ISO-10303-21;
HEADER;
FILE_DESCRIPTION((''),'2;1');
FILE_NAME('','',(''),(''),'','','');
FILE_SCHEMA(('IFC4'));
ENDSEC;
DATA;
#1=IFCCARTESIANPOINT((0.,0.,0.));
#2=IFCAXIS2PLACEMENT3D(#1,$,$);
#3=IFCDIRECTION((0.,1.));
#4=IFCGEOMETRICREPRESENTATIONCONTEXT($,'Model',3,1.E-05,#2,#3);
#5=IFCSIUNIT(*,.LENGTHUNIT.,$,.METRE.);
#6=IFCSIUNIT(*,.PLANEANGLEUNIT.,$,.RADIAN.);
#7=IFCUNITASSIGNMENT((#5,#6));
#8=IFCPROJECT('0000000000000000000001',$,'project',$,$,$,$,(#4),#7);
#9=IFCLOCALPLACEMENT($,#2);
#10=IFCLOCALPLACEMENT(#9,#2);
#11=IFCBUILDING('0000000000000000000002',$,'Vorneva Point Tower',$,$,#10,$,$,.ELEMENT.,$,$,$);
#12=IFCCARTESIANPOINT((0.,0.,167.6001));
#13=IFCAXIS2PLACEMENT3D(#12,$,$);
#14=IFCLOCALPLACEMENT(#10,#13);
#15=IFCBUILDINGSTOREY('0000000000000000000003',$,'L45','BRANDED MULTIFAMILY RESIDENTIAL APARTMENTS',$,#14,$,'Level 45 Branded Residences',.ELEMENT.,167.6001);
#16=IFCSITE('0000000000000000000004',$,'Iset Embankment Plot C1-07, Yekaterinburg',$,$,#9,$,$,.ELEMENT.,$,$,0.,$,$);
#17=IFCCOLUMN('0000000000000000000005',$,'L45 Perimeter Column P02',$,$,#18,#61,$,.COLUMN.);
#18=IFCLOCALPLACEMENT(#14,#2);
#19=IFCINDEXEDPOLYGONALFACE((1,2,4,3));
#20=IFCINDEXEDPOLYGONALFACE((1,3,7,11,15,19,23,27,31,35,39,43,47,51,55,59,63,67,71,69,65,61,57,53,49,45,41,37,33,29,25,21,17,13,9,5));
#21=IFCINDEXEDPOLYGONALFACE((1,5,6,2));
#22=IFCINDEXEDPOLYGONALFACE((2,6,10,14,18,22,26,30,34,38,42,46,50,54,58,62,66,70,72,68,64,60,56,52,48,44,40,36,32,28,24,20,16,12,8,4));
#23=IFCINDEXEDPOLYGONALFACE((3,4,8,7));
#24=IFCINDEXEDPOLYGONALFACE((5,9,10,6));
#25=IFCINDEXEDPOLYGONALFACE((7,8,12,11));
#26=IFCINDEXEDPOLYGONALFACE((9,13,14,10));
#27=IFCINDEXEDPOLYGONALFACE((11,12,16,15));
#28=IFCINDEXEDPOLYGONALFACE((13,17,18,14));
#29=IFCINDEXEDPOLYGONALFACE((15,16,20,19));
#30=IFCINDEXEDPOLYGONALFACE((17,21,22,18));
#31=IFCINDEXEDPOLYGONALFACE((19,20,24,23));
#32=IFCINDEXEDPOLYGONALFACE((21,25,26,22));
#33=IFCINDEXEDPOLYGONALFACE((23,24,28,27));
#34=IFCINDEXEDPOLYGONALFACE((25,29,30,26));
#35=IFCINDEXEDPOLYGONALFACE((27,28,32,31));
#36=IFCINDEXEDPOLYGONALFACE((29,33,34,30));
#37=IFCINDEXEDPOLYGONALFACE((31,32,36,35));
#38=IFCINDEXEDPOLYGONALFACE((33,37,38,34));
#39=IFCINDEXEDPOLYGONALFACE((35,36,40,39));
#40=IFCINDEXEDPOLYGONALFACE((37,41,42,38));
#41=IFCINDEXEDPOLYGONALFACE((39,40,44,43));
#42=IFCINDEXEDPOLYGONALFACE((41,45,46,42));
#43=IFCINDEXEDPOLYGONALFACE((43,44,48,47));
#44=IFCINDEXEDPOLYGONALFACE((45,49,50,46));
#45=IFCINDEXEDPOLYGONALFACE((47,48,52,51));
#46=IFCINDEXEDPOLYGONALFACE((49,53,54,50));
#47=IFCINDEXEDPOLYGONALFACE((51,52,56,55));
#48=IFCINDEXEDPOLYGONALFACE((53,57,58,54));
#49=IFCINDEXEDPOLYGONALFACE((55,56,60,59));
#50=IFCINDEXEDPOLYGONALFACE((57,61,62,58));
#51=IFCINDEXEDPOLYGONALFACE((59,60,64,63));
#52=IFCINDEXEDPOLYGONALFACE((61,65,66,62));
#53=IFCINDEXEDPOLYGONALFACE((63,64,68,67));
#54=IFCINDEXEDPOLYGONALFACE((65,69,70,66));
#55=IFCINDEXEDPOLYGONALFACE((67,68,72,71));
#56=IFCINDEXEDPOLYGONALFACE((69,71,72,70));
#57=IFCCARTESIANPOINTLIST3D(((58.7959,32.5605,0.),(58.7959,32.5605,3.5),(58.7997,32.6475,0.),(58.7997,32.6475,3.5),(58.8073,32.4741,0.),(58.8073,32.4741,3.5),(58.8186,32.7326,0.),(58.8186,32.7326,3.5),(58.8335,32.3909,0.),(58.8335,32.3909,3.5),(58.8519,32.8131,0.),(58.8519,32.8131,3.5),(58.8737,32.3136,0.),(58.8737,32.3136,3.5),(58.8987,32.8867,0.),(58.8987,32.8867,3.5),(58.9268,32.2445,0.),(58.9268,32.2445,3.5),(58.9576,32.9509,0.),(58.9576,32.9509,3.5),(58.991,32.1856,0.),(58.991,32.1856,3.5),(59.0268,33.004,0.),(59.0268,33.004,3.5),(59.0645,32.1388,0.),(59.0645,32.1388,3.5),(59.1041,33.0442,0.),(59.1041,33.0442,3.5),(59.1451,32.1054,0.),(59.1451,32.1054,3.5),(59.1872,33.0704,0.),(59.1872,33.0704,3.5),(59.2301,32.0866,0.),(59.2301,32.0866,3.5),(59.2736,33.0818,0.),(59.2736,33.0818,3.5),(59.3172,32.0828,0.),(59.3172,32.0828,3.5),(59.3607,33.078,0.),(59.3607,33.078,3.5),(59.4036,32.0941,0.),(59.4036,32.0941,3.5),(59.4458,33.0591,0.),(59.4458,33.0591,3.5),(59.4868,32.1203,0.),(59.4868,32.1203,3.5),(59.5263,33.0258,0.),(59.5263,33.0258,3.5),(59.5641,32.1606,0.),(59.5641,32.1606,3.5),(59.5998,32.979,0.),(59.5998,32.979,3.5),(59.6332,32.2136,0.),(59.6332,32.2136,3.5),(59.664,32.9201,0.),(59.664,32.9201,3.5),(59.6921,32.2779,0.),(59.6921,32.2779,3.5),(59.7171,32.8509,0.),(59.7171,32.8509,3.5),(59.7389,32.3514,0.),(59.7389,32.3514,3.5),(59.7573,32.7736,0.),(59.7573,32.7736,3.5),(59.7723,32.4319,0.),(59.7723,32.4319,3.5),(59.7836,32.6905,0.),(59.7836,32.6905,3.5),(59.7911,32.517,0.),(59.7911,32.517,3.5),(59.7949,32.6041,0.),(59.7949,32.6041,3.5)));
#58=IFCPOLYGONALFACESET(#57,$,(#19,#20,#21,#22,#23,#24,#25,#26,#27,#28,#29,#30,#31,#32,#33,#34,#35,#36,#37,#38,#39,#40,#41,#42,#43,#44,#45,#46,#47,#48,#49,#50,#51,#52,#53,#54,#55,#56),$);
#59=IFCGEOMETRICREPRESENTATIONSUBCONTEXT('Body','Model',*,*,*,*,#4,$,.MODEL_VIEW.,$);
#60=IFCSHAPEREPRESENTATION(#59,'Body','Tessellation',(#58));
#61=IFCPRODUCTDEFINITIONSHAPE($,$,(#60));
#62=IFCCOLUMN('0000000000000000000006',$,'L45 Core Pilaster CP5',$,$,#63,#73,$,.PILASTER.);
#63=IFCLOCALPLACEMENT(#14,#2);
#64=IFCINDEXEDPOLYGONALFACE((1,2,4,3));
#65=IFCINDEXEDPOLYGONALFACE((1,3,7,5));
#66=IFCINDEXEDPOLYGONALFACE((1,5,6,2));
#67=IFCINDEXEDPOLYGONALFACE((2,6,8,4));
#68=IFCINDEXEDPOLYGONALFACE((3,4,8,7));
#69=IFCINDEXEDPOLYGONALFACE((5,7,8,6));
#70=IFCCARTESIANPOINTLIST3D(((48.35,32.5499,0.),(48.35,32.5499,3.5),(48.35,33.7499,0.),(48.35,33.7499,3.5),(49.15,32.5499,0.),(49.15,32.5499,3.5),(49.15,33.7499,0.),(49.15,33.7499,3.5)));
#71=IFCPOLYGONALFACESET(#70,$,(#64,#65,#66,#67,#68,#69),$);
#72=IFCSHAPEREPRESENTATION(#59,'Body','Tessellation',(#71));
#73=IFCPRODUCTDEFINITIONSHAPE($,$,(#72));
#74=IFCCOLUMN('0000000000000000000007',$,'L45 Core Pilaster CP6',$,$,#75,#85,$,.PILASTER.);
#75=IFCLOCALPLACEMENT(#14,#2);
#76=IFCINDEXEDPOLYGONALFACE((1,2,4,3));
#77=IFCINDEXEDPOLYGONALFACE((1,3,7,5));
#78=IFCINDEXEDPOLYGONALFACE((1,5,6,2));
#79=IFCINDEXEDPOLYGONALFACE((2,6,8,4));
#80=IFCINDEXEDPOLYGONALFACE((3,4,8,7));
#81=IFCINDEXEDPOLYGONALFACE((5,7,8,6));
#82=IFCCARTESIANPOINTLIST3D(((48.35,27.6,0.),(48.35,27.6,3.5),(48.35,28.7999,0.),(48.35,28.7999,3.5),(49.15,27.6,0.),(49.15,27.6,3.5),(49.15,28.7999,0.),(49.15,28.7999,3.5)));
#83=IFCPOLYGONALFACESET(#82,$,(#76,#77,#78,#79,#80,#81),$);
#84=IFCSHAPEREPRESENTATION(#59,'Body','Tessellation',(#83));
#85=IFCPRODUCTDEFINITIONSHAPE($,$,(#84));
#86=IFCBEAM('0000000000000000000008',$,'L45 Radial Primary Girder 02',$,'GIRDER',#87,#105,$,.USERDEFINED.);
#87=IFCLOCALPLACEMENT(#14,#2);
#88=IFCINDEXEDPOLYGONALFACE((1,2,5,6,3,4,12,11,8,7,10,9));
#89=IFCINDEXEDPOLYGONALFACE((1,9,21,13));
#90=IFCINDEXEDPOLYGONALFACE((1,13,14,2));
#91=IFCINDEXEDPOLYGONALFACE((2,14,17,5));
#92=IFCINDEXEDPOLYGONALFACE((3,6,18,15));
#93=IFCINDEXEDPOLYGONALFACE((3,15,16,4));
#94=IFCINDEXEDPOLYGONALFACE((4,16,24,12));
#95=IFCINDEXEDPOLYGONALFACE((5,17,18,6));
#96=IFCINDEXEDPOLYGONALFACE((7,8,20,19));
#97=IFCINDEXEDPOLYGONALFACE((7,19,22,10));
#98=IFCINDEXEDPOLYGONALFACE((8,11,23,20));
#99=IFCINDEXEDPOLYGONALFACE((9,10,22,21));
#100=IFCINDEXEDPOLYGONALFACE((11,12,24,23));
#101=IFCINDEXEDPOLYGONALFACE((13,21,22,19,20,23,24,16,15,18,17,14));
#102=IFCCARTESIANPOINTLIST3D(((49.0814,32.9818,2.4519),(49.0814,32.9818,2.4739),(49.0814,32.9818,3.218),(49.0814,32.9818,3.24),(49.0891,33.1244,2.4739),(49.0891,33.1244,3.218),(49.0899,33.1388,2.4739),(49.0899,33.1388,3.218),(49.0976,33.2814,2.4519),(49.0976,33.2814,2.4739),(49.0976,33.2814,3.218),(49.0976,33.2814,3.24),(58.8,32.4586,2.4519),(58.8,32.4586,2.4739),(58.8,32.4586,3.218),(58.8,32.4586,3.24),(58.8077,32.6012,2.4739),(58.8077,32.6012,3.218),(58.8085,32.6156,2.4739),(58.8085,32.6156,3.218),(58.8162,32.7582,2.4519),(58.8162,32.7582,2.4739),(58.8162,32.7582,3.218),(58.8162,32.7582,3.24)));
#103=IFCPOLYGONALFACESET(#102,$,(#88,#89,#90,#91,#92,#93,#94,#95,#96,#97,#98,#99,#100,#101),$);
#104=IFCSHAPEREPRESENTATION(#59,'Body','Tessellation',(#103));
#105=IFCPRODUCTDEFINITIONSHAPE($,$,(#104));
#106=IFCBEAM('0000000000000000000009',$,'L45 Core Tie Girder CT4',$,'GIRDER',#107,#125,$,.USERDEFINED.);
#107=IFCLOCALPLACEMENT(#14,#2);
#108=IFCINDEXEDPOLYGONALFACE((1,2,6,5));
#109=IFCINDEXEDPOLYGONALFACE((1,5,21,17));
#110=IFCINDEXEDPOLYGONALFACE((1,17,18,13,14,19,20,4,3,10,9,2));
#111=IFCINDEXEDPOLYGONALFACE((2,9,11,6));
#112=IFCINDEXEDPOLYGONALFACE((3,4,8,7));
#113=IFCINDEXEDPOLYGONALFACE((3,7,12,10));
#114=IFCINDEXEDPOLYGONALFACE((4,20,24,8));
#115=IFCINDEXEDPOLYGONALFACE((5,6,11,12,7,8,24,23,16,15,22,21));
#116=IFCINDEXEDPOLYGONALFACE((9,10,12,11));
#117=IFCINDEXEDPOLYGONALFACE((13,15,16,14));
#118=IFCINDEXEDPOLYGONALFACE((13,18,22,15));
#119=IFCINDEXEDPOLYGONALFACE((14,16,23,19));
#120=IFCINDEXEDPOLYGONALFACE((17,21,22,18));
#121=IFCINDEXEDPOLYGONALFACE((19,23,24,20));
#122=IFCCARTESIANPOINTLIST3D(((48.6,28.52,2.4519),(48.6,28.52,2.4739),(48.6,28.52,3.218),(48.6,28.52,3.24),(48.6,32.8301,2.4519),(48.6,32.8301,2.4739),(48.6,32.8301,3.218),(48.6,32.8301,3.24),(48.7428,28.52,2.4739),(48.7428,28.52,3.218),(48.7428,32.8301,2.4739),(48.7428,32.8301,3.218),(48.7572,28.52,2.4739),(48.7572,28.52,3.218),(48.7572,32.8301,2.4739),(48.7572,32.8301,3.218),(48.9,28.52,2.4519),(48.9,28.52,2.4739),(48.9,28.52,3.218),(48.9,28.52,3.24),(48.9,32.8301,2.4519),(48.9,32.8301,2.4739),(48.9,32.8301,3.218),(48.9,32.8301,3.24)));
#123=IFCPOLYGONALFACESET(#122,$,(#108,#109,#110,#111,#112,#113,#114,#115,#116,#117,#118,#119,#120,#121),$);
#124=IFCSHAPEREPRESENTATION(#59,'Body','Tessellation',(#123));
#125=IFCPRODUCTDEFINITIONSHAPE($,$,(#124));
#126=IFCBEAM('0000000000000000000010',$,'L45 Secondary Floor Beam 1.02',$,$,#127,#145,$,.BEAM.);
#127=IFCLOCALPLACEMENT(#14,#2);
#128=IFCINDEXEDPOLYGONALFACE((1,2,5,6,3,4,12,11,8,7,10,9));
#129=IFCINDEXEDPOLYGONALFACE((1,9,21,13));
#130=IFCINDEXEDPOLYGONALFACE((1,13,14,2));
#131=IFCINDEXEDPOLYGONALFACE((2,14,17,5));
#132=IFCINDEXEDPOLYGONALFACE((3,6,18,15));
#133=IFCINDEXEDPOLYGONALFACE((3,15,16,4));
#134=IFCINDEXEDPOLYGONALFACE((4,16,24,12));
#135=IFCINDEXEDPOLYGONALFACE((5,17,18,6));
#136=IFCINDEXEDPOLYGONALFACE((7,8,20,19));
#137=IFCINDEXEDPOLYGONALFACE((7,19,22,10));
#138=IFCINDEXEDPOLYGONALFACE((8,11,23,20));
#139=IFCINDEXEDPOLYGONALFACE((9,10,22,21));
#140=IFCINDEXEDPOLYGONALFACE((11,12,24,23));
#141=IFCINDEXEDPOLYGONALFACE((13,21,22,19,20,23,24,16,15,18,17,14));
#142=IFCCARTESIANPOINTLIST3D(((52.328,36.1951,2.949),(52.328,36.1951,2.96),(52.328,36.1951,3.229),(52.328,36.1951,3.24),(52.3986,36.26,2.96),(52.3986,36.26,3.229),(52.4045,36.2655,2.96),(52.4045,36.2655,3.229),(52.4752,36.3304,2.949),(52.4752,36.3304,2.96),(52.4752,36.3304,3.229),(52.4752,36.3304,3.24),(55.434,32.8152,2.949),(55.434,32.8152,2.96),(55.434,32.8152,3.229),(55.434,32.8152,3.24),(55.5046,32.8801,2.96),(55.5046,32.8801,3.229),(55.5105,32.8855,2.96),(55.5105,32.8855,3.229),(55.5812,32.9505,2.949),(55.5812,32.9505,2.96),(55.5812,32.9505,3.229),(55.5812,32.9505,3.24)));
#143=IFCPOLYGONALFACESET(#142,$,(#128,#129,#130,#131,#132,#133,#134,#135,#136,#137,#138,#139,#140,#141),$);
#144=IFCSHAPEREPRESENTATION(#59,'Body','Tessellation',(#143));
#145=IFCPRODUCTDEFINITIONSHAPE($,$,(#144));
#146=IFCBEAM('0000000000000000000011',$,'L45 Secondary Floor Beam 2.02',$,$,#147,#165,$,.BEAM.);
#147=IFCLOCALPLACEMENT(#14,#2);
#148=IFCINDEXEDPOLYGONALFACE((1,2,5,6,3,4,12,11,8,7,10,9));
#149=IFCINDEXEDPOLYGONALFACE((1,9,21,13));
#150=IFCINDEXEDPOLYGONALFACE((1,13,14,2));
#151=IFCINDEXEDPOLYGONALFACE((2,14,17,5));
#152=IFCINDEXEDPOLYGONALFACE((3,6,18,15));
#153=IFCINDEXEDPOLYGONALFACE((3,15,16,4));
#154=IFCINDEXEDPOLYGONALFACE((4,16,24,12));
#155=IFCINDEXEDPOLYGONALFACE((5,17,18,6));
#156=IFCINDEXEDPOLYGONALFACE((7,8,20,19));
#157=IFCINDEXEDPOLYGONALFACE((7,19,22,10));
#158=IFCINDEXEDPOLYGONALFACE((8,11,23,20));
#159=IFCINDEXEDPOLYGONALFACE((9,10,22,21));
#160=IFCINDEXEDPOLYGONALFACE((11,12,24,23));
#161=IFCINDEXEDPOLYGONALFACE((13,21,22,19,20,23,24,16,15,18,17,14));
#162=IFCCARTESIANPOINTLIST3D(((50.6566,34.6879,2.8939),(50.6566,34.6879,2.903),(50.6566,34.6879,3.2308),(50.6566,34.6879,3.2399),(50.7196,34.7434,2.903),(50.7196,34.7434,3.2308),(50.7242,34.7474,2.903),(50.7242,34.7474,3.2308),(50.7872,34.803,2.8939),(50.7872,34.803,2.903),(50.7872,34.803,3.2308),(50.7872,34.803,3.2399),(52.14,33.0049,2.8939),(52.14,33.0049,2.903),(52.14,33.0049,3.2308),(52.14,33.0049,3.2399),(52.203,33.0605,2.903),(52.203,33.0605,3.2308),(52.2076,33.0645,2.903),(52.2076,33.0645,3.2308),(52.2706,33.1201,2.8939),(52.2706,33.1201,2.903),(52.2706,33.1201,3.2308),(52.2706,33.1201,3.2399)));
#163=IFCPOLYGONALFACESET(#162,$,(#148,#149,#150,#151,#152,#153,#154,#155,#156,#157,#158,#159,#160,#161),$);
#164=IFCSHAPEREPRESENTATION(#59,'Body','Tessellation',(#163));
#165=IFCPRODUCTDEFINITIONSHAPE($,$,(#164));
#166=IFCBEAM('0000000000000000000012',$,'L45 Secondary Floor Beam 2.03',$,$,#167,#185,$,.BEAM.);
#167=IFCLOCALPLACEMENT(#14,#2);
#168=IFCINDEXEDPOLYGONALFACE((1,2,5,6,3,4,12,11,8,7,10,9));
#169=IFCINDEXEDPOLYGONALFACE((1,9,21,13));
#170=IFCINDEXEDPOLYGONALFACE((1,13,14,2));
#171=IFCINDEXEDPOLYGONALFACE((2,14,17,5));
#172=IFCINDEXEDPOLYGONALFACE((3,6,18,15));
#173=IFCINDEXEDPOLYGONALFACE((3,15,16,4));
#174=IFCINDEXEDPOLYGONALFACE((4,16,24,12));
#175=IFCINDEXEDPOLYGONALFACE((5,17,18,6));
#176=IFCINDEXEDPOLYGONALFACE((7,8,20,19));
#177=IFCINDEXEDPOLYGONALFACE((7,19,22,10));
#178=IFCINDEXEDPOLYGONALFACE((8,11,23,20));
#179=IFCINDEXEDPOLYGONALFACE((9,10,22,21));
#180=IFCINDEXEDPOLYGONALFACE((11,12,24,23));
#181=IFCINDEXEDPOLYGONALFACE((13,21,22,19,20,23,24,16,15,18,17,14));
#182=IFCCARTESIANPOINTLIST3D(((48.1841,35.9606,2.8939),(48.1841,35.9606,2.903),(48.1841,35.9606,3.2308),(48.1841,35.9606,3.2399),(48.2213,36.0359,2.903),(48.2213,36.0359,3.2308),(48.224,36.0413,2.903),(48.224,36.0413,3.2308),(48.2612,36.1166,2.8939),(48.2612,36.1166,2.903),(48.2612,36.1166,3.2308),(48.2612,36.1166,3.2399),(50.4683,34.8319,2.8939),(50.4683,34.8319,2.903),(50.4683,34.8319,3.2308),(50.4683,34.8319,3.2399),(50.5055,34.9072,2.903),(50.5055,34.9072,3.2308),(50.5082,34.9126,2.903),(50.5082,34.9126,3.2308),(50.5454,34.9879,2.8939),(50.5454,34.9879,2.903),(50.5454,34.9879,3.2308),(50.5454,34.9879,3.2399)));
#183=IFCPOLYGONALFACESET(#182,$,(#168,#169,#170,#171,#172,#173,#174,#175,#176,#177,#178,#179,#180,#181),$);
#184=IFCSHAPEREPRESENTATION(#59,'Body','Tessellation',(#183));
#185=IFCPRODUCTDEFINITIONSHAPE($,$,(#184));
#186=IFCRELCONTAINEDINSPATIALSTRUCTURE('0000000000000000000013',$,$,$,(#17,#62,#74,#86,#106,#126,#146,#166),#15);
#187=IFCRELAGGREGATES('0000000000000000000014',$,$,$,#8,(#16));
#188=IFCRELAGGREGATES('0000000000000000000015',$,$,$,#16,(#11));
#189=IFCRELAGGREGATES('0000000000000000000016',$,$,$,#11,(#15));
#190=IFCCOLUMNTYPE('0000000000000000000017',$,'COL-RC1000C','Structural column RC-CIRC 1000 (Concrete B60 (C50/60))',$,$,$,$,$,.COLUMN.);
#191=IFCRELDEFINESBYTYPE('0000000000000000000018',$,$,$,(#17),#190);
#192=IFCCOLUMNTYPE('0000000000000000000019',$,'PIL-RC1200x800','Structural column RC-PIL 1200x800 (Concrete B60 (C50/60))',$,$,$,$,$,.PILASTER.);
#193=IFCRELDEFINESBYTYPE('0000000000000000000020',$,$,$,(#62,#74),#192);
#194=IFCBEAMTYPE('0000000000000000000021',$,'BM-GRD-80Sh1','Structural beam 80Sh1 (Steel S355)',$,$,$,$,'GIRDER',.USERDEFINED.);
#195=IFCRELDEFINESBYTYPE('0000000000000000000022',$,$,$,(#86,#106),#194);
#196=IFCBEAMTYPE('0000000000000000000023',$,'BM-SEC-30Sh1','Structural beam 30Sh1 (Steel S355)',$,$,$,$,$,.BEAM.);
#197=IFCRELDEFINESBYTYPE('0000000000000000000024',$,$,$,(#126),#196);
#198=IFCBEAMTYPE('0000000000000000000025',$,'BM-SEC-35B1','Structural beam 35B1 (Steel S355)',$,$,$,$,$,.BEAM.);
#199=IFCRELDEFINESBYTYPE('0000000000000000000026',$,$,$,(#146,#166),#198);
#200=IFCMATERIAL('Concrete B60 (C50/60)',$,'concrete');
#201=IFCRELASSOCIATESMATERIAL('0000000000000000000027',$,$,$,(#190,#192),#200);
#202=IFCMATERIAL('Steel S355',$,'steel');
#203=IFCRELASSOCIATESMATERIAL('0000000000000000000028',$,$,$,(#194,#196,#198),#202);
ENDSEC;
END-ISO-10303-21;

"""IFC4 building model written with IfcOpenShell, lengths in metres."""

from ifc_helpers import new_model, si_unit, direction, frame, origin, origin_2d, place, context, subcontext, project, spatial, rectangle, circle, i_section, extrude, material, material_profile, profile_set, type_object, element, save


model = new_model("IFC4")

# Units and contexts
model_context = context("Model", 3, precision=1e-05, world=origin(), true_north=direction((0.0, 1.0)))
body_context = subcontext(model_context, "Body", "Model", "MODEL_VIEW")
ifc_project = project(units=[si_unit("LENGTHUNIT", "METRE"), si_unit("PLANEANGLEUNIT", "RADIAN")], contexts=[model_context])

# Site, building, storey
site_placement = place(None, origin())
site = spatial("IfcSite", under=ifc_project, at=site_placement, Name="Iset Embankment Plot C1-07, Yekaterinburg", CompositionType="ELEMENT", RefElevation=0.0)
building_placement = place(site_placement, origin())
building = spatial("IfcBuilding", under=site, at=building_placement, Name="Vorneva Point Tower", CompositionType="ELEMENT")
storey_placement = place(building_placement, frame((0.0, 0.0, 167.6001)))
storey = spatial("IfcBuildingStorey", under=building, at=storey_placement, Name="L45", Description="BRANDED MULTIFAMILY RESIDENTIAL APARTMENTS", LongName="Level 45 Branded Residences", CompositionType="ELEMENT", Elevation=167.6001)

# Columns
ifc_material_1 = material(Name="Concrete B60 (C50/60)", Category="concrete")
ifc_material_profile_1 = material_profile(ifc_material_1, circle(Radius=0.5, at=origin_2d()), Name="RC-CIRC 1000")
ifc_profile_set_1 = profile_set([ifc_material_profile_1], Name="Concrete B60 (C50/60)")
column_type_1 = type_object("IfcColumnType", Name="COL-RC1000C", Description="Structural column RC-CIRC 1000 (Concrete B60 (C50/60))", PredefinedType="COLUMN", material=ifc_profile_set_1)
column_placement = place(storey_placement, frame((59.2954, 32.5823, 0.0), z_axis=(0.0, 0.0, 1.0), x_axis=(0.92388, 0.382683, 0.0)))
element("IfcColumn", 1, at=column_placement, inside=storey, type_object=column_type_1, Name="L45 Perimeter Column P02", PredefinedType="COLUMN", context=body_context, shape_type="SweptSolid", body=[
    extrude(circle(Radius=0.5, at=origin_2d()), origin(), (0.0, 0.0, 1.0), 3.5),
])
ifc_material_profile_2 = material_profile(ifc_material_1, rectangle(XDim=0.8, YDim=1.2, at=origin_2d()), Name="RC-PIL 1200x800")
ifc_profile_set_2 = profile_set([ifc_material_profile_2], Name="Concrete B60 (C50/60)")
column_type_2 = type_object("IfcColumnType", Name="PIL-RC1200x800", Description="Structural column RC-PIL 1200x800 (Concrete B60 (C50/60))", PredefinedType="PILASTER", material=ifc_profile_set_2)
for number, where, z_axis, x_axis, name in (
    (2, (48.75, 33.1499, 0.0), (0.0, 0.0, 1.0), (1.0, 0.0, 0.0), "L45 Core Pilaster CP5"),
    (3, (48.75, 28.2, 0.0), (0.0, 0.0, 1.0), (1.0, 0.0, 0.0), "L45 Core Pilaster CP6"),
):
    element("IfcColumn", number, at=place(storey_placement, frame(where, z_axis=z_axis, x_axis=x_axis)), inside=storey, type_object=column_type_2, Name=name, PredefinedType="PILASTER", context=body_context, shape_type="SweptSolid", body=[
        extrude(rectangle(XDim=0.8, YDim=1.2, at=origin_2d()), origin(), (0.0, 0.0, 1.0), 3.5),
    ])

# Beams
ifc_material_2 = material(Name="Steel S355", Category="steel")
ifc_material_profile_3 = material_profile(ifc_material_2, i_section(OverallWidth=0.3, OverallDepth=0.7881, WebThickness=0.0144, FlangeThickness=0.022, at=origin_2d()), Name="80Sh1")
ifc_profile_set_3 = profile_set([ifc_material_profile_3], Name="Steel S355")
beam_type_1 = type_object("IfcBeamType", Name="BM-GRD-80Sh1", Description="Structural beam 80Sh1 (Steel S355)", ElementType="GIRDER", PredefinedType="USERDEFINED", material=ifc_profile_set_3)
beam_1_placement = place(storey_placement, frame((58.8081, 32.6084, 2.8459), z_axis=(-0.998554, 0.053757, 0.0), x_axis=(-0.053757, -0.998554, 0.0)))
element("IfcBeam", 4, at=beam_1_placement, inside=storey, type_object=beam_type_1, Name="L45 Radial Primary Girder 02", ObjectType="GIRDER", PredefinedType="USERDEFINED", context=body_context, shape_type="SweptSolid", body=[
    extrude(i_section(OverallWidth=0.3, OverallDepth=0.7881, WebThickness=0.0144, FlangeThickness=0.022, at=origin_2d()), origin(), (0.0, 0.0, 1.0), 9.7327),
])
beam_2_placement = place(storey_placement, frame((48.75, 28.52, 2.8459), z_axis=(0.0, 1.0, 0.0), x_axis=(-1.0, 0.0, 0.0)))
element("IfcBeam", 5, at=beam_2_placement, inside=storey, type_object=beam_type_1, Name="L45 Core Tie Girder CT4", ObjectType="GIRDER", PredefinedType="USERDEFINED", context=body_context, shape_type="SweptSolid", body=[
    extrude(i_section(OverallWidth=0.3, OverallDepth=0.7881, WebThickness=0.0144, FlangeThickness=0.022, at=origin_2d()), origin(), (0.0, 0.0, 1.0), 4.3101),
])
ifc_material_profile_4 = material_profile(ifc_material_2, i_section(OverallWidth=0.2, OverallDepth=0.291, WebThickness=0.0081, FlangeThickness=0.011, at=origin_2d()), Name="30Sh1")
ifc_profile_set_4 = profile_set([ifc_material_profile_4], Name="Steel S355")
beam_type_2 = type_object("IfcBeamType", Name="BM-SEC-30Sh1", Description="Structural beam 30Sh1 (Steel S355)", PredefinedType="BEAM", material=ifc_profile_set_4)
beam_3_placement = place(storey_placement, frame((55.5076, 32.8828, 3.0945), z_axis=(-0.676639, 0.736315, 0.0), x_axis=(-0.736315, -0.676639, 0.0)))
element("IfcBeam", 6, at=beam_3_placement, inside=storey, type_object=beam_type_2, Name="L45 Secondary Floor Beam 1.02", PredefinedType="BEAM", context=body_context, shape_type="SweptSolid", body=[
    extrude(i_section(OverallWidth=0.2, OverallDepth=0.291, WebThickness=0.0081, FlangeThickness=0.011, at=origin_2d()), origin(), (0.0, 0.0, 1.0), 4.5903),
])
ifc_material_profile_5 = material_profile(ifc_material_2, i_section(OverallWidth=0.1741, OverallDepth=0.3459, WebThickness=0.0061, FlangeThickness=0.009, at=origin_2d()), Name="35B1")
ifc_profile_set_5 = profile_set([ifc_material_profile_5], Name="Steel S355")
beam_type_3 = type_object("IfcBeamType", Name="BM-SEC-35B1", Description="Structural beam 35B1 (Steel S355)", PredefinedType="BEAM", material=ifc_profile_set_5)
beam_4_placement = place(storey_placement, frame((52.2053, 33.0625, 3.0669), z_axis=(-0.661251, 0.750165, 0.0), x_axis=(-0.750165, -0.661251, 0.0)))
element("IfcBeam", 7, at=beam_4_placement, inside=storey, type_object=beam_type_3, Name="L45 Secondary Floor Beam 2.02", PredefinedType="BEAM", context=body_context, shape_type="SweptSolid", body=[
    extrude(i_section(OverallWidth=0.1741, OverallDepth=0.3459, WebThickness=0.0061, FlangeThickness=0.009, at=origin_2d()), origin(), (0.0, 0.0, 1.0), 2.2434),
])
beam_5_placement = place(storey_placement, frame((50.5068, 34.9099, 3.0669), z_axis=(-0.896525, 0.442992, 0.0), x_axis=(-0.442992, -0.896525, 0.0)))
element("IfcBeam", 8, at=beam_5_placement, inside=storey, type_object=beam_type_3, Name="L45 Secondary Floor Beam 2.03", PredefinedType="BEAM", context=body_context, shape_type="SweptSolid", body=[
    extrude(i_section(OverallWidth=0.1741, OverallDepth=0.3459, WebThickness=0.0061, FlangeThickness=0.009, at=origin_2d()), origin(), (0.0, 0.0, 1.0), 2.5479),
])

save(model, "model.ifc")
